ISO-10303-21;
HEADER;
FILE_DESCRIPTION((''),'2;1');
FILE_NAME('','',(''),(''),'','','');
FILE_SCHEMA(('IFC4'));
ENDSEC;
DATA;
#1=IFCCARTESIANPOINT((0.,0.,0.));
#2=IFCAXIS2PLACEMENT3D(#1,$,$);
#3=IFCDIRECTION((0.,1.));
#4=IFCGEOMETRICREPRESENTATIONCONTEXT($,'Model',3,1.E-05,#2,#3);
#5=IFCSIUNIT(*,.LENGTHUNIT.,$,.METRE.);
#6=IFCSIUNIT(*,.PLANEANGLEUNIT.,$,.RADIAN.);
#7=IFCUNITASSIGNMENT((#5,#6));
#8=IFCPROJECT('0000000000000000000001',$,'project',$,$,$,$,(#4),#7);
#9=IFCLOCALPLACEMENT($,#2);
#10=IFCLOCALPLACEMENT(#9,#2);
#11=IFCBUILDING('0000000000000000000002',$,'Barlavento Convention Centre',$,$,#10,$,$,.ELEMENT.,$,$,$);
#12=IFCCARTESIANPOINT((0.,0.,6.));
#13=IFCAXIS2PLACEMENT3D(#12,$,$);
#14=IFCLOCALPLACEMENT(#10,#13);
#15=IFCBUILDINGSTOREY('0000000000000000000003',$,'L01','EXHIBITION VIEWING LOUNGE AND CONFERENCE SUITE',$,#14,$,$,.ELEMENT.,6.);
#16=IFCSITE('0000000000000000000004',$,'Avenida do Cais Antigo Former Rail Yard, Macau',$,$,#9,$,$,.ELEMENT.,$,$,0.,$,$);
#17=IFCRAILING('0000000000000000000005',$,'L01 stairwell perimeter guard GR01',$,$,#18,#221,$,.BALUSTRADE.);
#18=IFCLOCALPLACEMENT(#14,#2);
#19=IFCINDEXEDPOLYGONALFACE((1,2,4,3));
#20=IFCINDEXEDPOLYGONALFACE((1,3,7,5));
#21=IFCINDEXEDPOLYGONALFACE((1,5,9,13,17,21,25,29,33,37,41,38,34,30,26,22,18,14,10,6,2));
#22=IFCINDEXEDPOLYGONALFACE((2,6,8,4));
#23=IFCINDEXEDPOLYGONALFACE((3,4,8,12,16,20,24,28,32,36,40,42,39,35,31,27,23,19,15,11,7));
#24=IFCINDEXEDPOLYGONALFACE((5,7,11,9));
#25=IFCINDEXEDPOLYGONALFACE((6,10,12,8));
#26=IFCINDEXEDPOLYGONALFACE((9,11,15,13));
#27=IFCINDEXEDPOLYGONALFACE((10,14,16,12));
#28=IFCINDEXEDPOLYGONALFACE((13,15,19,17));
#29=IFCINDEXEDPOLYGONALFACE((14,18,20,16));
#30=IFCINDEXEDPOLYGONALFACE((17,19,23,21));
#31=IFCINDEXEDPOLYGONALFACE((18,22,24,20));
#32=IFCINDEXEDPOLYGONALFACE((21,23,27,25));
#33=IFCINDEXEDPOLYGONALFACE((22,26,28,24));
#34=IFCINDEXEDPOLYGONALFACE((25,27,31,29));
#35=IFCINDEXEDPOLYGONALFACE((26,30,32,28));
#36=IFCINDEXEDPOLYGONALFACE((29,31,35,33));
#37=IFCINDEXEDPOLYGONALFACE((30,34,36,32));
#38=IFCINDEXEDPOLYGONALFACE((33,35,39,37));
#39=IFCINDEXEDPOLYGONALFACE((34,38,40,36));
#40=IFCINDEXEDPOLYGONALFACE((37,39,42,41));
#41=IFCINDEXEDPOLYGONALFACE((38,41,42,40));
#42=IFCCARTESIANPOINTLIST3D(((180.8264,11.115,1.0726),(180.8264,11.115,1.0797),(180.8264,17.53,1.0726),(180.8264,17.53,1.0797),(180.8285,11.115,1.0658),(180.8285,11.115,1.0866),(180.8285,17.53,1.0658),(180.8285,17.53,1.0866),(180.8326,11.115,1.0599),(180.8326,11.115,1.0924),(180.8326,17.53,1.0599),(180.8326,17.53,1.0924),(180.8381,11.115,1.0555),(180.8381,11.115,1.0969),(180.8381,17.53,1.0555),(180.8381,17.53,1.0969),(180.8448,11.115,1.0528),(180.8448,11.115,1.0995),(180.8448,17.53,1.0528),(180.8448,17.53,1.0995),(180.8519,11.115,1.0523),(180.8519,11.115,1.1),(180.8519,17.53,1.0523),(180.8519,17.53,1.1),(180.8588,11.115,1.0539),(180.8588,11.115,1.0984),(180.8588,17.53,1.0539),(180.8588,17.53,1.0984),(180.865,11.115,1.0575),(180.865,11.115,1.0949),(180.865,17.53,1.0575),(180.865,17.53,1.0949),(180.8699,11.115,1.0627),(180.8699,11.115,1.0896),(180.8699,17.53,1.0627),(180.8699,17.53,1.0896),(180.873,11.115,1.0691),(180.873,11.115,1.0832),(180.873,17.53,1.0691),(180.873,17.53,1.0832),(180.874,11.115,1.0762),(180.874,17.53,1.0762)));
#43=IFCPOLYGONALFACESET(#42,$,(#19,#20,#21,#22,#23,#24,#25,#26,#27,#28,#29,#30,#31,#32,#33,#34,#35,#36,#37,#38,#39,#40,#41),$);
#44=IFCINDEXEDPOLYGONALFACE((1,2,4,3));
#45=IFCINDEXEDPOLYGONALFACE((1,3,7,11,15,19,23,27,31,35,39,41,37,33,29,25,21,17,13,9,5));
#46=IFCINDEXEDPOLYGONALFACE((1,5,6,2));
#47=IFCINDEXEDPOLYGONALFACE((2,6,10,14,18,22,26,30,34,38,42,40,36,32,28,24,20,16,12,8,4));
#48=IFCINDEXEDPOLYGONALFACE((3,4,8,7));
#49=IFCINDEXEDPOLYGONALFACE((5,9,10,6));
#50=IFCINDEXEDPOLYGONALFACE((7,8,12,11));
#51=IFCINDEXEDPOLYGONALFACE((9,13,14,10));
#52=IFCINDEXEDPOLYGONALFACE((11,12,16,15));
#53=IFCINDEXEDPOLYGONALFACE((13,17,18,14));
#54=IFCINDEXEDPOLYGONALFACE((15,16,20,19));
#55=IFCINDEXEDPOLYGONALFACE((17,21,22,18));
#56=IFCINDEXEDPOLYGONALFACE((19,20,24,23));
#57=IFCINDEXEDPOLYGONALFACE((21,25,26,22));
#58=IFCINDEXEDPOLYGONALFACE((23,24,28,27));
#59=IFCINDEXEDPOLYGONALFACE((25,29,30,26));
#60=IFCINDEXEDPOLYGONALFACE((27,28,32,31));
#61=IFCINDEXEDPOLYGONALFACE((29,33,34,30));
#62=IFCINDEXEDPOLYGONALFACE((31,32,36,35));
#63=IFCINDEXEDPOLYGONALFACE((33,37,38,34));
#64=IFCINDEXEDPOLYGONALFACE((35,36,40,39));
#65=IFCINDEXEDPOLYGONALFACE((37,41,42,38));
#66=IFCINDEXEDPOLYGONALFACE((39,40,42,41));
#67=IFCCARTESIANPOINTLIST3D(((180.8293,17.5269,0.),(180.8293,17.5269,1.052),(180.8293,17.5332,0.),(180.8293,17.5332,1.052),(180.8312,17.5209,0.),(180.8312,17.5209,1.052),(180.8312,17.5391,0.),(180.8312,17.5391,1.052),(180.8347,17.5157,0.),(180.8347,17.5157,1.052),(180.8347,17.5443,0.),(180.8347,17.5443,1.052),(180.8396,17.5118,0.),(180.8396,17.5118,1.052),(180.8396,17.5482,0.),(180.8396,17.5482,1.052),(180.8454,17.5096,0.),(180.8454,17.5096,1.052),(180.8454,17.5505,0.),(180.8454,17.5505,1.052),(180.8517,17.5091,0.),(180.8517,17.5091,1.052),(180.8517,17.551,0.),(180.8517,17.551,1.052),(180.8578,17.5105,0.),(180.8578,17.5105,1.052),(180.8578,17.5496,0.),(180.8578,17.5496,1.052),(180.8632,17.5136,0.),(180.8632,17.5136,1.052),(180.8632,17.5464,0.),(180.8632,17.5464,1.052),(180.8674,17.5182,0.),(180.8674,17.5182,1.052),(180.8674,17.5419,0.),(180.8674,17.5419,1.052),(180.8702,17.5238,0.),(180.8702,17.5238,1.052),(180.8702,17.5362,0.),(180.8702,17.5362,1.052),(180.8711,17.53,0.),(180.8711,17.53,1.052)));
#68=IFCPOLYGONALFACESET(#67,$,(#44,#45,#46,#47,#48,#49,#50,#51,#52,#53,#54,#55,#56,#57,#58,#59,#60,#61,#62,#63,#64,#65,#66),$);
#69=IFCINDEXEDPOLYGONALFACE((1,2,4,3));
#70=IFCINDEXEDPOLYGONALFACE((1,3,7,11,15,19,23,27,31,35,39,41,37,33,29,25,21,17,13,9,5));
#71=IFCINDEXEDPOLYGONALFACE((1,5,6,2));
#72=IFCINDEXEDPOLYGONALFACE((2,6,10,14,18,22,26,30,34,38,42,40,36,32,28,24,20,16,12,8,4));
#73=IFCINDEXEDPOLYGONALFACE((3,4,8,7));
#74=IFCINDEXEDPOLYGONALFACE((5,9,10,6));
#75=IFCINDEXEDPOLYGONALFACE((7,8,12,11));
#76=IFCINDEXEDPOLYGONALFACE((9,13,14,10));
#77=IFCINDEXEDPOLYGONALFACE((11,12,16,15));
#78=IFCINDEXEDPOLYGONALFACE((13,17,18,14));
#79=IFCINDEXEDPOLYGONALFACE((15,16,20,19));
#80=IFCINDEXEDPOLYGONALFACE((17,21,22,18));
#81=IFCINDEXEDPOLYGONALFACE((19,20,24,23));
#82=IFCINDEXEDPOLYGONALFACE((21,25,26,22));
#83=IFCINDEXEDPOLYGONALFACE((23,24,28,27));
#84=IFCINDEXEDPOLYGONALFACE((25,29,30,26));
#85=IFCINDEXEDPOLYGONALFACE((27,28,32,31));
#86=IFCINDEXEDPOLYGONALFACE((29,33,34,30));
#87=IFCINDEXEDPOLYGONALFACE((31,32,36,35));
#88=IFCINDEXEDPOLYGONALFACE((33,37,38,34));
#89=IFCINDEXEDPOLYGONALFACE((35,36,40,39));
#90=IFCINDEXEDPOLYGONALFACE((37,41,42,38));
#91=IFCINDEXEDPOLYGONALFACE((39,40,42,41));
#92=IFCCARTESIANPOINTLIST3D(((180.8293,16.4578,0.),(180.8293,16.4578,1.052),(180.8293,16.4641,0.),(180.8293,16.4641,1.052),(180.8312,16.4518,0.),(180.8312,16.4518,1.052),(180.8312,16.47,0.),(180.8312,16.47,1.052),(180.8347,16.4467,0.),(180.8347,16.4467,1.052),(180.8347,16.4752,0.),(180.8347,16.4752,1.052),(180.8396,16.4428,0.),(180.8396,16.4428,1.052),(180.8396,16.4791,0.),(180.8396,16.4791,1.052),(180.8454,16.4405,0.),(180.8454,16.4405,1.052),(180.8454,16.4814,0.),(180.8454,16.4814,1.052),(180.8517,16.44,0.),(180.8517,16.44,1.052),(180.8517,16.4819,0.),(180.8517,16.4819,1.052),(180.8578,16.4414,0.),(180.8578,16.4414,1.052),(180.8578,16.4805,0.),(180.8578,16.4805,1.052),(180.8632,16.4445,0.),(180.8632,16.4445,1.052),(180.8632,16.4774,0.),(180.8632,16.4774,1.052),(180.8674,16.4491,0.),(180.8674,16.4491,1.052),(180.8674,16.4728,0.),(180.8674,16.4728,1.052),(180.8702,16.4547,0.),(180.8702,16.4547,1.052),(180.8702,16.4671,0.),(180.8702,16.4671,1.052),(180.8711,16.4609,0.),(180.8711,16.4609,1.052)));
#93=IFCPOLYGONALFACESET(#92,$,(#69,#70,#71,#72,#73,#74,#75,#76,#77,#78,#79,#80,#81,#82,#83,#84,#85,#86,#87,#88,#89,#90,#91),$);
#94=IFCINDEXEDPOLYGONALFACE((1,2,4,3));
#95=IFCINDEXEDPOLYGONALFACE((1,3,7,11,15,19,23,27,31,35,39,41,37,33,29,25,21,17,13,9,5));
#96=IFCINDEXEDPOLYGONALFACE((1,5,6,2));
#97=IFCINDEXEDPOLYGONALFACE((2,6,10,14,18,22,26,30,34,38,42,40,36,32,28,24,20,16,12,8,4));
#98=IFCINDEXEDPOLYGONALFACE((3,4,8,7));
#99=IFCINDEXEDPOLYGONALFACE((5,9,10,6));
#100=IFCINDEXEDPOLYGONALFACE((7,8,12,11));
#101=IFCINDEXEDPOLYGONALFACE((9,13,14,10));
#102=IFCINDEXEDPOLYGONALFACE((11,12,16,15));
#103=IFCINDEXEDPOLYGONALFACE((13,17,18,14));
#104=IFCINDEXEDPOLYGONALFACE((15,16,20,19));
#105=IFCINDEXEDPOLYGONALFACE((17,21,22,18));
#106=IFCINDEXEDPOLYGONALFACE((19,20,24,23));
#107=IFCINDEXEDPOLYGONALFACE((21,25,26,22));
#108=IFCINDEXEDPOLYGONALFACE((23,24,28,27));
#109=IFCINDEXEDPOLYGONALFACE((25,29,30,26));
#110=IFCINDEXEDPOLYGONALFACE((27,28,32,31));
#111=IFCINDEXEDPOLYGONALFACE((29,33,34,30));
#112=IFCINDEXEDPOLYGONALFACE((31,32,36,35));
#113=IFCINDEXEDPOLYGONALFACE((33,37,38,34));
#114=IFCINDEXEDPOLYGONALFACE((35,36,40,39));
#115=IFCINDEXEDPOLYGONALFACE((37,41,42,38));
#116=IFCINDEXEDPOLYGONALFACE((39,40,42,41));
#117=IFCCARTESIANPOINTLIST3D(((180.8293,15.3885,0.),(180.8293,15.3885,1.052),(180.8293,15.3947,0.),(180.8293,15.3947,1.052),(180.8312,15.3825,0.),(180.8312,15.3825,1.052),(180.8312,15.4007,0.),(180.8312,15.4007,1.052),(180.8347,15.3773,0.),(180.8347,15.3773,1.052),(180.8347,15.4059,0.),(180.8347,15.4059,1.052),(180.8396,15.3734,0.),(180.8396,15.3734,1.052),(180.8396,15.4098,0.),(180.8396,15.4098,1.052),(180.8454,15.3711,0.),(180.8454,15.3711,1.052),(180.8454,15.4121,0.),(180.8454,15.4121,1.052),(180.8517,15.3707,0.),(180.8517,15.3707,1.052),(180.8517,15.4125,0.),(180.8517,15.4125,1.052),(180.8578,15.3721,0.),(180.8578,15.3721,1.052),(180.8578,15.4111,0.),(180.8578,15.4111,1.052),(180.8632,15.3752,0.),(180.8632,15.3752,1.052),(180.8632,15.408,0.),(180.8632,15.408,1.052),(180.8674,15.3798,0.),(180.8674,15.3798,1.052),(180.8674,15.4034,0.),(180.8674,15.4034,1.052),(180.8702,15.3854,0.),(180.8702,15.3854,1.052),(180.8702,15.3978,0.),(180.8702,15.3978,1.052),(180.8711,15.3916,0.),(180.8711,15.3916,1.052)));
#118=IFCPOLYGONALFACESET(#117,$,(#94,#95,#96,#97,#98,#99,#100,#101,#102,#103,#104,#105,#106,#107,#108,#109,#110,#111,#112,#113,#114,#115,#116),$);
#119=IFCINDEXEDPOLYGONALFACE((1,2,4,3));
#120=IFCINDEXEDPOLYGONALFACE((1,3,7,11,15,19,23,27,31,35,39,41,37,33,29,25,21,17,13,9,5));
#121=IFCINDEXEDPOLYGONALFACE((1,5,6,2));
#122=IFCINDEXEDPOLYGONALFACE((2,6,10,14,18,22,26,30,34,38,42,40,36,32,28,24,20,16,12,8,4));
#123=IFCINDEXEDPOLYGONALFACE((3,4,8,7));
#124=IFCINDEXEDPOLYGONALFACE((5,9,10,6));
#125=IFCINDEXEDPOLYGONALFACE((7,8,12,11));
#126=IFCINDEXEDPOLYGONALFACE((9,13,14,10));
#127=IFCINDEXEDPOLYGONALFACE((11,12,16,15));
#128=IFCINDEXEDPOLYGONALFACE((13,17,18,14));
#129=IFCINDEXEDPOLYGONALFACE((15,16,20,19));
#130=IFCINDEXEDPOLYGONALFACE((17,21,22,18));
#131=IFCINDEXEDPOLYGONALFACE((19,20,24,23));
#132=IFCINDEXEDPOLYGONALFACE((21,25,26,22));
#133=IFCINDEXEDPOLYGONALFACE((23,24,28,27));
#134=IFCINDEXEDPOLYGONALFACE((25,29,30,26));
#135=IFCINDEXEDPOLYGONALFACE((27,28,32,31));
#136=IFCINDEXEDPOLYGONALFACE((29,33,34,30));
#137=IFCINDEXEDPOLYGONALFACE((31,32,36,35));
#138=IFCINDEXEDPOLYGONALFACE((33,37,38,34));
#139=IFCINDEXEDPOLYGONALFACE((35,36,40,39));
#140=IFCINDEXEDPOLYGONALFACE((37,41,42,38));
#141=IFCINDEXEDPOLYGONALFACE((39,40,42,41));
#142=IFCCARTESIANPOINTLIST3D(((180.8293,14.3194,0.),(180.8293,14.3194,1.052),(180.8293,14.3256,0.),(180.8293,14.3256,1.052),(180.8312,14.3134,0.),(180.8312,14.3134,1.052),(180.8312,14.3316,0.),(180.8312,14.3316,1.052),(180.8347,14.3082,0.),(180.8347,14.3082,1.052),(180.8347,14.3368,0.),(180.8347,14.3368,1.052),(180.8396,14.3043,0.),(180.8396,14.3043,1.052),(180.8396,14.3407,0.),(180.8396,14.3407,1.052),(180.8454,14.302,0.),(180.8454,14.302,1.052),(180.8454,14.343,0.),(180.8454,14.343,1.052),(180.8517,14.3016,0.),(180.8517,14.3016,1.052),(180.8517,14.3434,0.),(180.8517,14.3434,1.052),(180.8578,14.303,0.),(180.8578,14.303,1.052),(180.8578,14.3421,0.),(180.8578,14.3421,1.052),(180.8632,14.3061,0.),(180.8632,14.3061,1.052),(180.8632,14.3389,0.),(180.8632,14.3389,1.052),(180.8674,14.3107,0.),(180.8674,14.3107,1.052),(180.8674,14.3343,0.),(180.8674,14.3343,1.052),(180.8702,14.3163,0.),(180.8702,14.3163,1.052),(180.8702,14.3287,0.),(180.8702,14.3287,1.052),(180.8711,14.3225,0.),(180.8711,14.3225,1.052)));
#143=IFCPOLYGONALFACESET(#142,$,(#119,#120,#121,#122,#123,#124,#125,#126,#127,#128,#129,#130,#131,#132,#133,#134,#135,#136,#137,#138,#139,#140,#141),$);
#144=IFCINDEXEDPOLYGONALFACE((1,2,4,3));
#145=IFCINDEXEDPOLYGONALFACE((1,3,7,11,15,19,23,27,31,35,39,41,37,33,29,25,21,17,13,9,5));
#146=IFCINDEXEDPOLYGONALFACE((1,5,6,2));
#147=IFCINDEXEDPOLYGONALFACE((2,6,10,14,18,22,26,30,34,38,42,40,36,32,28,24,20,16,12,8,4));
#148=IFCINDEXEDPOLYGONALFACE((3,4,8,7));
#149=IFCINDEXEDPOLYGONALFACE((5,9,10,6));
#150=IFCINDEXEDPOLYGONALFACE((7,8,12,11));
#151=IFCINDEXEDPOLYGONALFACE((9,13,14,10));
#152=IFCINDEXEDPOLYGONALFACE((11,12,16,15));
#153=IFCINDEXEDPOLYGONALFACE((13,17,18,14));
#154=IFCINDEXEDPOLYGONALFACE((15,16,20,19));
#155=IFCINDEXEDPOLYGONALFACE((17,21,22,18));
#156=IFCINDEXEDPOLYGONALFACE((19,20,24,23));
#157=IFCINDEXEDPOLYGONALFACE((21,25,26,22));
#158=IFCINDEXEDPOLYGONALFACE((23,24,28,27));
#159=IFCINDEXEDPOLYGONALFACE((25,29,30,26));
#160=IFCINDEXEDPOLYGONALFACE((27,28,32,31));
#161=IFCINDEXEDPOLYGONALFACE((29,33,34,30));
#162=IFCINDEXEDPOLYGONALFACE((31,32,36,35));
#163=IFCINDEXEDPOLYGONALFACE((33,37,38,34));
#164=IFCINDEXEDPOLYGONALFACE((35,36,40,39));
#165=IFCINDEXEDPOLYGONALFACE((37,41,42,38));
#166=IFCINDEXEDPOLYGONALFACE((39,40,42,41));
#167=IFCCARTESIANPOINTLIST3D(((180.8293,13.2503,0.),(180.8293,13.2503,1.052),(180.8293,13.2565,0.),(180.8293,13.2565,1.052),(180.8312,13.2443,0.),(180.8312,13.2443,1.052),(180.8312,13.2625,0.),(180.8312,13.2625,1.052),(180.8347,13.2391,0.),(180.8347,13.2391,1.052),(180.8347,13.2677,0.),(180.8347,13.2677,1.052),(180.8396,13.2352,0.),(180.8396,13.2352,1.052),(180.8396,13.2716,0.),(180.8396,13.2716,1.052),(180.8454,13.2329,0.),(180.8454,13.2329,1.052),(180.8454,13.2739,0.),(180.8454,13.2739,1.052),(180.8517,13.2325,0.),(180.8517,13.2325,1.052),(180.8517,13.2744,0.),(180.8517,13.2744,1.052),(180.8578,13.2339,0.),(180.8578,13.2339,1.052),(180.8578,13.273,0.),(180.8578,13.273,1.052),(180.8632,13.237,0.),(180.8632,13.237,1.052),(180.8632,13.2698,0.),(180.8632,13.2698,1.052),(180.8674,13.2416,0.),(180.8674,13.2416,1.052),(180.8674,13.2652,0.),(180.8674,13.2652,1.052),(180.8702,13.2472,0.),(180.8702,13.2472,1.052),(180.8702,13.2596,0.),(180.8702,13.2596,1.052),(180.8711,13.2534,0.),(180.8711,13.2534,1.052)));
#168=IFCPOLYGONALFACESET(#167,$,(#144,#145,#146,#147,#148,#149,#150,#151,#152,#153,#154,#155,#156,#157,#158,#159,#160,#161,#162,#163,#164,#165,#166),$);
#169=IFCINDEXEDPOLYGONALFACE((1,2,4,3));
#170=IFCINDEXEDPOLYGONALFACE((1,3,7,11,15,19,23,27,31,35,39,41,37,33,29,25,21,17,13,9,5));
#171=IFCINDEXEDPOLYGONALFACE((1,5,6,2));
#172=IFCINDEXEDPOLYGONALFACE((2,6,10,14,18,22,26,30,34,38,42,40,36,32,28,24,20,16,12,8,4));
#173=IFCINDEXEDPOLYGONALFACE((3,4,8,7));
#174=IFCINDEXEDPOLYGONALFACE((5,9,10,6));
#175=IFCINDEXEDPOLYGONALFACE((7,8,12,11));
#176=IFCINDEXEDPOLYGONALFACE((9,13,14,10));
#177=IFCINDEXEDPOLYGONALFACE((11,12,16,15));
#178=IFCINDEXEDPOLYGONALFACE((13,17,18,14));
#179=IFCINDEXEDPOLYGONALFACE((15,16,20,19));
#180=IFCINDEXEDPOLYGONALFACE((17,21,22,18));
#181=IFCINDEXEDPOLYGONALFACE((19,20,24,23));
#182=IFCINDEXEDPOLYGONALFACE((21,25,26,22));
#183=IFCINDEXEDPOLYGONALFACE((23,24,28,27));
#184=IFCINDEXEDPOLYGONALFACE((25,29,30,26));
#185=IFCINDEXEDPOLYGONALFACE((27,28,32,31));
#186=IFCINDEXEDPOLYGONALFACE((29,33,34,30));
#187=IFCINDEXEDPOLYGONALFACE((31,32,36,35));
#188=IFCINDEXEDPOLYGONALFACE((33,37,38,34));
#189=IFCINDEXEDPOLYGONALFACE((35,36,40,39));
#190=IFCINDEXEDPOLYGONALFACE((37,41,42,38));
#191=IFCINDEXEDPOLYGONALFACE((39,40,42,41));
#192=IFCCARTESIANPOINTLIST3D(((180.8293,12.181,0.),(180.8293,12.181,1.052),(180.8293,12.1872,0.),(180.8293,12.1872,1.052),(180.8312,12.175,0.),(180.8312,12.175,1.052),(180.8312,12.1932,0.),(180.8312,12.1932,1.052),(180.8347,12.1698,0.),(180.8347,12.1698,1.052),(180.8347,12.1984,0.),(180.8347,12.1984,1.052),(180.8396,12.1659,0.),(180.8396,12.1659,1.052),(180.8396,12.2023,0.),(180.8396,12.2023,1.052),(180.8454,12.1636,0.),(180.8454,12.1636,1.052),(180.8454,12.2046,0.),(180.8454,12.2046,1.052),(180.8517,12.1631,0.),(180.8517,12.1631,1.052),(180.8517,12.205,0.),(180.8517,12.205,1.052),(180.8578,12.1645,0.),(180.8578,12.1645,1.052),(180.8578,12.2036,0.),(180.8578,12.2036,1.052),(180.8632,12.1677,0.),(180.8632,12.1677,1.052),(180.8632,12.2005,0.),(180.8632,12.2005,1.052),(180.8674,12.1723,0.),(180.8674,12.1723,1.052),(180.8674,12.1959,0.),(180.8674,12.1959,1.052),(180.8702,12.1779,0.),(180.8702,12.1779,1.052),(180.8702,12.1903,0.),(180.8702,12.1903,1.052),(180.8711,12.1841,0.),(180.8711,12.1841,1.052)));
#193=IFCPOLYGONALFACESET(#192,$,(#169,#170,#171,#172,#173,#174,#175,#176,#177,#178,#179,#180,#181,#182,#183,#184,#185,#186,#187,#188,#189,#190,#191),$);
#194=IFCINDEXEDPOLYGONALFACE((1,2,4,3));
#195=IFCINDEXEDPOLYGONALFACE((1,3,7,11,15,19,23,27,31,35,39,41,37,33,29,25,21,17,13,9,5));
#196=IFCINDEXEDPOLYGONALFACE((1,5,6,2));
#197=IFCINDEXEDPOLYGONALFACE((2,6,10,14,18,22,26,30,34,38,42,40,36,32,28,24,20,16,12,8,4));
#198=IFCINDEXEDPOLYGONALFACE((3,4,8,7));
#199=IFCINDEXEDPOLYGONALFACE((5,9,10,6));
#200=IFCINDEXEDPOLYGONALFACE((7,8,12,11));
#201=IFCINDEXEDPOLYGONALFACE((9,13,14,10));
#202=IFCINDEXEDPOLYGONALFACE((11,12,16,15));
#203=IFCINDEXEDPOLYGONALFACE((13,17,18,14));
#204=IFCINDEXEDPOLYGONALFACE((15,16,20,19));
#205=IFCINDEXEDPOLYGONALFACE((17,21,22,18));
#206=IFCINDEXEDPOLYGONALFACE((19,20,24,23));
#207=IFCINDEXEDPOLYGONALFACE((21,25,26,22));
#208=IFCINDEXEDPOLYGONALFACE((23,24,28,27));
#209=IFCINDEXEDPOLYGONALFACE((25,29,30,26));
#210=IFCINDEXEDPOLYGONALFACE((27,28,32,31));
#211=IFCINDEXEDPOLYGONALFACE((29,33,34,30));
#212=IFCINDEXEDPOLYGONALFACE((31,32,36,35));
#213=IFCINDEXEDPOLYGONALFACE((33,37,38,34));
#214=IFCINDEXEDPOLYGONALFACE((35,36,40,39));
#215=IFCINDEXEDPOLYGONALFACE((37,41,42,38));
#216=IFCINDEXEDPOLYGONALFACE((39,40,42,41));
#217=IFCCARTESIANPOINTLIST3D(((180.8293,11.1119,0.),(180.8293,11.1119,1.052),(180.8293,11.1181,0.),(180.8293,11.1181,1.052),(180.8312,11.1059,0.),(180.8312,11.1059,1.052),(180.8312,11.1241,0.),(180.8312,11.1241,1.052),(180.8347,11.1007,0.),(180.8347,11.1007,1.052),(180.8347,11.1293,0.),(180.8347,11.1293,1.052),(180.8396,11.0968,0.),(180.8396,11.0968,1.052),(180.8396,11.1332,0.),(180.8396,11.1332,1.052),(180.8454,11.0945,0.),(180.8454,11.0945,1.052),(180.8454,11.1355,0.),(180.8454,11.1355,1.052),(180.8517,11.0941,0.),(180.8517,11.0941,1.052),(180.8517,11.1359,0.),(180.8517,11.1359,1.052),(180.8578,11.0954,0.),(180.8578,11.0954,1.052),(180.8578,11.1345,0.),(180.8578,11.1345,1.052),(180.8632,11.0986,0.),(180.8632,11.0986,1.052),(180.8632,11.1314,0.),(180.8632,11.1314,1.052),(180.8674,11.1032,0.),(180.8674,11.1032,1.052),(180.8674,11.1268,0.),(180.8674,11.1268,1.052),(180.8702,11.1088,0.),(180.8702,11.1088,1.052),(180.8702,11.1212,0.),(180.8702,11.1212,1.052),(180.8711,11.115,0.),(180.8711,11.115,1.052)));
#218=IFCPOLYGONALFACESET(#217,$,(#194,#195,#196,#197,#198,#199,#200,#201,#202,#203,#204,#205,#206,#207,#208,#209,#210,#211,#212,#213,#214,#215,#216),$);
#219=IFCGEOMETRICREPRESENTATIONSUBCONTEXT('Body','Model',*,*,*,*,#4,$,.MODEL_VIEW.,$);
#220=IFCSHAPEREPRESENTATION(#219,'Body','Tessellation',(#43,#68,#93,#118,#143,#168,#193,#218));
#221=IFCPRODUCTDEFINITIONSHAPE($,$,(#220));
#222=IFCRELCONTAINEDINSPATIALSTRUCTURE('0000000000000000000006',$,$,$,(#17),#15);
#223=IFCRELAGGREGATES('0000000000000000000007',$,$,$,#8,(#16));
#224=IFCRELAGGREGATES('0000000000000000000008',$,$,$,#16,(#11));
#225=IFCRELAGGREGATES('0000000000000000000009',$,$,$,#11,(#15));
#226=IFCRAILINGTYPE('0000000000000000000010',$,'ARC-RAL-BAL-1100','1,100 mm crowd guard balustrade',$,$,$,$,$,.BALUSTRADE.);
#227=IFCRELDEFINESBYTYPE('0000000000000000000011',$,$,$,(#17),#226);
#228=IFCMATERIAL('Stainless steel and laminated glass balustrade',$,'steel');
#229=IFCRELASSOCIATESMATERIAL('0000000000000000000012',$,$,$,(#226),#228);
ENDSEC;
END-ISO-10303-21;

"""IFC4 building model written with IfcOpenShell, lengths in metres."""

from ifc_helpers import new_model, si_unit, direction, frame, origin, origin_2d, place, context, subcontext, project, spatial, circle, extrude, material, type_object, element, save


model = new_model("IFC4")

# Units and contexts
model_context = context("Model", 3, precision=1e-05, world=origin(), true_north=direction((0.0, 1.0)))
body_context = subcontext(model_context, "Body", "Model", "MODEL_VIEW")
ifc_project = project(units=[si_unit("LENGTHUNIT", "METRE"), si_unit("PLANEANGLEUNIT", "RADIAN")], contexts=[model_context])

# Site, building, storey
site_placement = place(None, origin())
site = spatial("IfcSite", under=ifc_project, at=site_placement, Name="Avenida do Cais Antigo Former Rail Yard, Macau", CompositionType="ELEMENT", RefElevation=0.0)
building_placement = place(site_placement, origin())
building = spatial("IfcBuilding", under=site, at=building_placement, Name="Barlavento Convention Centre", CompositionType="ELEMENT")
storey_placement = place(building_placement, frame((0.0, 0.0, 6.0)))
storey = spatial("IfcBuildingStorey", under=building, at=storey_placement, Name="L01", Description="EXHIBITION VIEWING LOUNGE AND CONFERENCE SUITE", CompositionType="ELEMENT", Elevation=6.0)

# Railing
ifc_material_1 = material(Name="Stainless steel and laminated glass balustrade", Category="steel")
railing_type_1 = type_object("IfcRailingType", Name="ARC-RAL-BAL-1100", Description="1,100 mm crowd guard balustrade", PredefinedType="BALUSTRADE", material=ifc_material_1)
railing_1_placement = place(storey_placement, frame((180.8501, 17.53, 0.0)))
element("IfcRailing", 1, at=railing_1_placement, inside=storey, type_object=railing_type_1, Name="L01 stairwell perimeter guard GR01", PredefinedType="BALUSTRADE", context=body_context, shape_type="SweptSolid", body=[
    extrude(circle(Radius=0.0239, at=origin_2d()), frame((0.0, 0.0, 1.0762), z_axis=(0.0, -1.0, 0.0), x_axis=(1.0, 0.0, 0.0)), (0.0, 0.0, 1.0), 6.415),
    extrude(circle(Radius=0.021, at=origin_2d()), origin(), (0.0, 0.0, 1.0), 1.052),
    extrude(circle(Radius=0.021, at=origin_2d()), frame((0.0, -1.0691, 0.0)), (0.0, 0.0, 1.0), 1.052),
    extrude(circle(Radius=0.021, at=origin_2d()), frame((0.0, -2.1384, 0.0)), (0.0, 0.0, 1.0), 1.052),
    extrude(circle(Radius=0.021, at=origin_2d()), frame((0.0, -3.2075, 0.0)), (0.0, 0.0, 1.0), 1.052),
    extrude(circle(Radius=0.021, at=origin_2d()), frame((0.0, -4.2766, 0.0)), (0.0, 0.0, 1.0), 1.052),
    extrude(circle(Radius=0.021, at=origin_2d()), frame((0.0, -5.3459, 0.0)), (0.0, 0.0, 1.0), 1.052),
    extrude(circle(Radius=0.021, at=origin_2d()), frame((0.0, -6.415, 0.0)), (0.0, 0.0, 1.0), 1.052),
])

save(model, "model.ifc")
